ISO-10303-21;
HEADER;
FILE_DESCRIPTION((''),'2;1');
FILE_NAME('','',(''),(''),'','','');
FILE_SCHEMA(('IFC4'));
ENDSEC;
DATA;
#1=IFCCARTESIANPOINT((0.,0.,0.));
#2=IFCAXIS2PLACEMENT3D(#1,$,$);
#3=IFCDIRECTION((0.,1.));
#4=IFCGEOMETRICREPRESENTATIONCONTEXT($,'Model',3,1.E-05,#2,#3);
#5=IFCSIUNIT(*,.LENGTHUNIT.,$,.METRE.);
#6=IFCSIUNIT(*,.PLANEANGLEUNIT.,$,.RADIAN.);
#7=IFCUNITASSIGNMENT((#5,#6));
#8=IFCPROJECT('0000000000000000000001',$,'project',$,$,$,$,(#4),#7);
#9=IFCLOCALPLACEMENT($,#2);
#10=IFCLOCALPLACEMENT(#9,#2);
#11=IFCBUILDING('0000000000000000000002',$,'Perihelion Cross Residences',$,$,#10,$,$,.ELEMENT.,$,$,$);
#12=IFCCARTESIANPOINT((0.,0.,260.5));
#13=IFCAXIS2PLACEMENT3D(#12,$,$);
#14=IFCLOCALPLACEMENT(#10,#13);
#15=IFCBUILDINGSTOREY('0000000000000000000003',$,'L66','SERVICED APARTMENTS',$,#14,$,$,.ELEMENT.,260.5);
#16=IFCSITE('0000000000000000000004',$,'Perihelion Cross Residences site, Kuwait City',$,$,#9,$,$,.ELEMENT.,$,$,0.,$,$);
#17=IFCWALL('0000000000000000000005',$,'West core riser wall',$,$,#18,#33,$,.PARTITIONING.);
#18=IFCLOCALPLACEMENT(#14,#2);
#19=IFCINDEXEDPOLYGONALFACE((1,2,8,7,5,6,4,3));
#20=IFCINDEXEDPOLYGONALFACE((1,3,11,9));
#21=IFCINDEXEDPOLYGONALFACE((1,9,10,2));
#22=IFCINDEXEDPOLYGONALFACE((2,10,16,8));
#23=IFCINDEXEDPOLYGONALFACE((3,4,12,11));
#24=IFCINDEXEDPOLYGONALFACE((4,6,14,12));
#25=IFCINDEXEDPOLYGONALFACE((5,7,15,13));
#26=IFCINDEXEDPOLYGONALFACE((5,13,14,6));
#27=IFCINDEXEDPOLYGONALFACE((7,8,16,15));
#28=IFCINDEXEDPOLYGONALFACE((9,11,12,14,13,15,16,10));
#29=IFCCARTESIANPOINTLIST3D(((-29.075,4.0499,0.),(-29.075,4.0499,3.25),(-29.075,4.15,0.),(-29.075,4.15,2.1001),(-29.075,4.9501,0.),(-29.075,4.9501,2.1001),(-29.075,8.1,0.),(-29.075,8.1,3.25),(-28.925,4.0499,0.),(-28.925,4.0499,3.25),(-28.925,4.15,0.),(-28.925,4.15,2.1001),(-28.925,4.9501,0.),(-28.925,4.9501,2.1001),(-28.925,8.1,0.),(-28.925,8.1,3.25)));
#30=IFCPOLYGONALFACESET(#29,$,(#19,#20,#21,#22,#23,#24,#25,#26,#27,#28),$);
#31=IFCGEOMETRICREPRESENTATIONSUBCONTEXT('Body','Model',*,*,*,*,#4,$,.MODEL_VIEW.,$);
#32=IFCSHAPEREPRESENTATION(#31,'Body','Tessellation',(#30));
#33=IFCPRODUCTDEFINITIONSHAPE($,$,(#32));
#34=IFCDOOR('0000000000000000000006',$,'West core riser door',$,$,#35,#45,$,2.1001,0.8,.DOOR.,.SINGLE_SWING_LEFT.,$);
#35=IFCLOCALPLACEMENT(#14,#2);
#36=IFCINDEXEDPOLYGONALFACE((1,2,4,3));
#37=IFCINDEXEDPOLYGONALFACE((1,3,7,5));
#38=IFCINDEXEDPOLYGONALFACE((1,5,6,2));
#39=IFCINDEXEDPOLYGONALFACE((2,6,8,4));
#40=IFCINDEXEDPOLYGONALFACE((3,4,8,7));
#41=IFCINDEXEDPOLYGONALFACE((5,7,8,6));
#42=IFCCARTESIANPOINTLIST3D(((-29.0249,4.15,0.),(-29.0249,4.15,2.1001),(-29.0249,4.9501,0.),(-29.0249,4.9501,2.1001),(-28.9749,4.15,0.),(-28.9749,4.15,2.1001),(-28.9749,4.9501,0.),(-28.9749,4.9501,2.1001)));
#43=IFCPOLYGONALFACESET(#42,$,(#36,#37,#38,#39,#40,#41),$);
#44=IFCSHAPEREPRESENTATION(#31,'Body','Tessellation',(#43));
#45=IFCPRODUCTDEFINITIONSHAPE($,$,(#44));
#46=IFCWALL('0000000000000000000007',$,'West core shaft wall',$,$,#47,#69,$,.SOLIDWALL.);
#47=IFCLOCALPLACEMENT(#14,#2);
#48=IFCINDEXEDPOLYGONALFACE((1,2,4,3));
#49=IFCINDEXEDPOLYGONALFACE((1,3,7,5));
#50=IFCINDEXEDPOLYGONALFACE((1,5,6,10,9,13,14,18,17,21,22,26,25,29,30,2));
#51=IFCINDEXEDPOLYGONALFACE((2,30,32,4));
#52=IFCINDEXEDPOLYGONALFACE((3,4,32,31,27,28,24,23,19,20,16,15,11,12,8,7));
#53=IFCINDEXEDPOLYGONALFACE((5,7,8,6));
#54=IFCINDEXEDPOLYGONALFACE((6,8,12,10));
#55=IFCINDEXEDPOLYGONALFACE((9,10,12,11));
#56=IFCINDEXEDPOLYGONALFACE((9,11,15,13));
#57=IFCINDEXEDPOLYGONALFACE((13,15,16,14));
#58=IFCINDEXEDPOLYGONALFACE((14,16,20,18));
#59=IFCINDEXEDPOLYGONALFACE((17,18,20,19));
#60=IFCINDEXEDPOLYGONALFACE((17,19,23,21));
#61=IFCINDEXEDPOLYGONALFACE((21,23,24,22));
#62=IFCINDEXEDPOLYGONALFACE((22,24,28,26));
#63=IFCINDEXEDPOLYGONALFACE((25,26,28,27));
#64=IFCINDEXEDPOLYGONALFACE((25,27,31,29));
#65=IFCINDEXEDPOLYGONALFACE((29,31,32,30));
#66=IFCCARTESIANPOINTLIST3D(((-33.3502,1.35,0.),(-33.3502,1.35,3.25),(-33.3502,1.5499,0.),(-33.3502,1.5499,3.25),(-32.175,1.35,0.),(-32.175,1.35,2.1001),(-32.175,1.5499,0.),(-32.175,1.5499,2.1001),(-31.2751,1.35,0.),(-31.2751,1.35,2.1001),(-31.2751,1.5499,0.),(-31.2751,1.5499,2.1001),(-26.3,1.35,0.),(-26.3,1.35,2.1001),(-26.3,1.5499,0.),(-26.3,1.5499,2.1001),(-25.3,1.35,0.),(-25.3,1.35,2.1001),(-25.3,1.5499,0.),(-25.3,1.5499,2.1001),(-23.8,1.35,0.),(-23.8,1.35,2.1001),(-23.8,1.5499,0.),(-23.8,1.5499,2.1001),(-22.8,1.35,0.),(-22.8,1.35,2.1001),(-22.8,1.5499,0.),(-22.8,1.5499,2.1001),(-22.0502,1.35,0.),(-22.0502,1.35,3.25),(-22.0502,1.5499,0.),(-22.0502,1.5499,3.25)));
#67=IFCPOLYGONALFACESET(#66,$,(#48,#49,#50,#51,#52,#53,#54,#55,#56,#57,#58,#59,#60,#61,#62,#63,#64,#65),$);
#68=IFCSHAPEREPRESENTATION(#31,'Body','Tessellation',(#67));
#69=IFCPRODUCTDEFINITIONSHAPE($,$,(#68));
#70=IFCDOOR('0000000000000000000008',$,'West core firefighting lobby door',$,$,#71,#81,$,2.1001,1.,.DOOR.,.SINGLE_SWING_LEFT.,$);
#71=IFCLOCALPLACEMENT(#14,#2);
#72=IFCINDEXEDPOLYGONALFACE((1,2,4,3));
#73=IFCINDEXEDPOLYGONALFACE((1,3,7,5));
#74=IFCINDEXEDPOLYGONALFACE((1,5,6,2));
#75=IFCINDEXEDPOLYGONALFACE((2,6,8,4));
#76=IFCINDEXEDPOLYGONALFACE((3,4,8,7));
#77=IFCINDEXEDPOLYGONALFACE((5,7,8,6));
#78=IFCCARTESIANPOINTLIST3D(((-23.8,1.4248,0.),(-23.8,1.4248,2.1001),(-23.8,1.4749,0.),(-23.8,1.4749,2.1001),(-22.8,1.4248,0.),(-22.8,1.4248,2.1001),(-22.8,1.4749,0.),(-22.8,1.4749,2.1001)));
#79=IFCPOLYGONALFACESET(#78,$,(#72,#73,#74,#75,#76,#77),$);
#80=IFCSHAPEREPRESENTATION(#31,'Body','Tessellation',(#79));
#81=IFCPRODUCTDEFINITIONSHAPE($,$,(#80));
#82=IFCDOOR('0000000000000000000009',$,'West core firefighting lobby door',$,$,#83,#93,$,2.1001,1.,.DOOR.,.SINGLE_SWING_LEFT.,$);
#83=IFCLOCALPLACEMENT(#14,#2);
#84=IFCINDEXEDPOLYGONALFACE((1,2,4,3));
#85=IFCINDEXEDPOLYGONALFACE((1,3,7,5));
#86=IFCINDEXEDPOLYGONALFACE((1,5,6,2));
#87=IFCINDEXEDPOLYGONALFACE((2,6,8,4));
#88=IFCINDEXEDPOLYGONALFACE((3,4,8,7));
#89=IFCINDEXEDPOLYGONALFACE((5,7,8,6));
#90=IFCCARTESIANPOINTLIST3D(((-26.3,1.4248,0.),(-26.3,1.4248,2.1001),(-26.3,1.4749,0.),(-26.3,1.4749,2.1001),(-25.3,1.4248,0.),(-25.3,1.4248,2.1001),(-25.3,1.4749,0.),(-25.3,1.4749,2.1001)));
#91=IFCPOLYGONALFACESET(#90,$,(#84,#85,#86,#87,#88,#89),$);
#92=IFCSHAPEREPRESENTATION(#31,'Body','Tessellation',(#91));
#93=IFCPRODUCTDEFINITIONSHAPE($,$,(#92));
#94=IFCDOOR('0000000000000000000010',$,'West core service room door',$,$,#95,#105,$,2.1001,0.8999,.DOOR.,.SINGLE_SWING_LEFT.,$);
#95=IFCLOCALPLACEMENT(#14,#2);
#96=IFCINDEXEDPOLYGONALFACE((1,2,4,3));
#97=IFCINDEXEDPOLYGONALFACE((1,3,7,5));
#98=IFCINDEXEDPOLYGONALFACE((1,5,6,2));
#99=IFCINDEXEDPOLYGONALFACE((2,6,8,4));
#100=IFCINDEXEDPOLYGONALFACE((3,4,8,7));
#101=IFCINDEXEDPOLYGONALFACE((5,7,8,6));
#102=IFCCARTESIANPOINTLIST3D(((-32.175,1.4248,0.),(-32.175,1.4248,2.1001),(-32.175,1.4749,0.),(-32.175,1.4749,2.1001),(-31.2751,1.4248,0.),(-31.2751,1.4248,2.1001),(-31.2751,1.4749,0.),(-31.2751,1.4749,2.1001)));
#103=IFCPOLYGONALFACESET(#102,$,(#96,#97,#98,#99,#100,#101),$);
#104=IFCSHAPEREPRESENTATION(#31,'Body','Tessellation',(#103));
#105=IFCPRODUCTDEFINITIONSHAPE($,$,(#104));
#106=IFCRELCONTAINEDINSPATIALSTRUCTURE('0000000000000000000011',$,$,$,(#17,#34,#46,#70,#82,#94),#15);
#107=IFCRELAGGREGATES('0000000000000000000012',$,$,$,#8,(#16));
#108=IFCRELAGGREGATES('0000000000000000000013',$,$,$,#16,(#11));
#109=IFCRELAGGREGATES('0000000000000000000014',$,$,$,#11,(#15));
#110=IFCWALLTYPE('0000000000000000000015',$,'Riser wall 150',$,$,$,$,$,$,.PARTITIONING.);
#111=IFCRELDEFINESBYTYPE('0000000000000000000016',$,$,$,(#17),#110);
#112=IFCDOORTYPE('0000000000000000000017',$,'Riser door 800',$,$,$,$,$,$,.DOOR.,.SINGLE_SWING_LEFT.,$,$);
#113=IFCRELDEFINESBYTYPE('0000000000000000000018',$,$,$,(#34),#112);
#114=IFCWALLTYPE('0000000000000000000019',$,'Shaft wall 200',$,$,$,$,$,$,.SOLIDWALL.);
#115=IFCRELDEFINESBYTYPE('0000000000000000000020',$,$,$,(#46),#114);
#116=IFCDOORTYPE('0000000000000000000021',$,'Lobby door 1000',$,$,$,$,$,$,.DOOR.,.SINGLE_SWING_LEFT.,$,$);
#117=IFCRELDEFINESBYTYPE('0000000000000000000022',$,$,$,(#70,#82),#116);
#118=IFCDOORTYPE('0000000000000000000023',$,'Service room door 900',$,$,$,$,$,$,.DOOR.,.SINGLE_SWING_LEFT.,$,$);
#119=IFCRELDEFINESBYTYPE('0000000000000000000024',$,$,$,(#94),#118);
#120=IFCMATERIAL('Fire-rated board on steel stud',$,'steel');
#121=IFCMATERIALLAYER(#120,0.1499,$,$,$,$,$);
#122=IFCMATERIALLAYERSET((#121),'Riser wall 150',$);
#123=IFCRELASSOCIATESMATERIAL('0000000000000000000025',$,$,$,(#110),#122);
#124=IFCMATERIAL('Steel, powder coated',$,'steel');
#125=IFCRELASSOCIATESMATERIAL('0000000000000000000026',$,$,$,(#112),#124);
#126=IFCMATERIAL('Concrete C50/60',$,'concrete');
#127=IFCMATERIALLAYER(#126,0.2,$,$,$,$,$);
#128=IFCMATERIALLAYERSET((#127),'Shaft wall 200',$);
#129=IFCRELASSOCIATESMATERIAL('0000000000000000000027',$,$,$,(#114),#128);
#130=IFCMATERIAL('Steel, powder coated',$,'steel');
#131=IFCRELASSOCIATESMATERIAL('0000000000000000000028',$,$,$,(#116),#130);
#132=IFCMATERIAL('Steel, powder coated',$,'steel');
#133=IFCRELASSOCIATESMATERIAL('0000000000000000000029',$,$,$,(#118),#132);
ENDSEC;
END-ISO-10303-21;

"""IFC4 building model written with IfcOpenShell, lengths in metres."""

from ifc_helpers import new_model, si_unit, direction, frame, frame_2d, origin, place, context, subcontext, project, spatial, rectangle, extrude, material, layer, layer_set, type_object, element, fill, save


model = new_model("IFC4")

# Units and contexts
model_context = context("Model", 3, precision=1e-05, world=origin(), true_north=direction((0.0, 1.0)))
body_context = subcontext(model_context, "Body", "Model", "MODEL_VIEW")
ifc_project = project(units=[si_unit("LENGTHUNIT", "METRE"), si_unit("PLANEANGLEUNIT", "RADIAN")], contexts=[model_context])

# Site, building, storey
site_placement = place(None, origin())
site = spatial("IfcSite", under=ifc_project, at=site_placement, Name="Perihelion Cross Residences site, Kuwait City", CompositionType="ELEMENT", RefElevation=0.0)
building_placement = place(site_placement, origin())
building = spatial("IfcBuilding", under=site, at=building_placement, Name="Perihelion Cross Residences", CompositionType="ELEMENT")
storey_placement = place(building_placement, frame((0.0, 0.0, 260.5)))
storey = spatial("IfcBuildingStorey", under=building, at=storey_placement, Name="L66", Description="SERVICED APARTMENTS", CompositionType="ELEMENT", Elevation=260.5)

# Wall, opening, door
ifc_material_1 = material(Name="Fire-rated board on steel stud", Category="steel")
ifc_layer_1 = layer(ifc_material_1, 0.1499)
ifc_layer_set_1 = layer_set([ifc_layer_1], Name="Riser wall 150")
wall_type_1 = type_object("IfcWallType", Name="Riser wall 150", PredefinedType="PARTITIONING", material=ifc_layer_set_1)
wall_1_placement = place(storey_placement, frame((-29.0, 4.05, 0.0), z_axis=(0.0, 0.0, 1.0), x_axis=(0.0, 1.0, 0.0)))
wall_1 = element("IfcWall", 1, at=wall_1_placement, inside=storey, type_object=wall_type_1, Name="West core riser wall", PredefinedType="PARTITIONING", context=body_context, shape_type="SweptSolid", body=[
    extrude(rectangle(XDim=4.05, YDim=0.1499, at=frame_2d((2.0249, 0.0))), origin(), (0.0, 0.0, 1.0), 3.25),
])
opening_1_placement = place(wall_1_placement, frame((0.1001, 0.0, 0.0)))
opening_1 = element("IfcOpeningElement", 2, at=opening_1_placement, cuts=wall_1, PredefinedType="OPENING", context=body_context, shape_type="SweptSolid", body=[
    extrude(rectangle(XDim=0.8, YDim=2.1001, at=frame_2d((0.3999, 1.05))), frame((0.0, 0.085, 0.0), z_axis=(0.0, -1.0, 0.0), x_axis=(1.0, 0.0, 0.0)), (0.0, 0.0, 1.0), 0.1699),
])
ifc_material_2 = material(Name="Steel, powder coated", Category="steel")
door_type_1 = type_object("IfcDoorType", Name="Riser door 800", OperationType="SINGLE_SWING_LEFT", PredefinedType="DOOR", material=ifc_material_2)
door_1_placement = place(opening_1_placement, origin())
door_1 = element("IfcDoor", 3, at=door_1_placement, inside=storey, type_object=door_type_1, Name="West core riser door", OperationType="SINGLE_SWING_LEFT", OverallHeight=2.1001, OverallWidth=0.8, PredefinedType="DOOR", context=body_context, shape_type="SweptSolid", body=[
    extrude(rectangle(XDim=0.8, YDim=2.1001, at=frame_2d((0.3999, 1.05))), frame((0.0, 0.0249, 0.0), z_axis=(0.0, -1.0, 0.0), x_axis=(1.0, 0.0, 0.0)), (0.0, 0.0, 1.0), 0.05),
])
fill(opening_1, door_1)

# Wall, openings, doors
ifc_material_3 = material(Name="Concrete C50/60", Category="concrete")
ifc_layer_2 = layer(ifc_material_3, 0.2)
ifc_layer_set_2 = layer_set([ifc_layer_2], Name="Shaft wall 200")
wall_type_2 = type_object("IfcWallType", Name="Shaft wall 200", PredefinedType="SOLIDWALL", material=ifc_layer_set_2)
wall_2_placement = place(storey_placement, frame((-33.3501, 1.45, 0.0), z_axis=(0.0, 0.0, 1.0), x_axis=(1.0, 0.0, 0.0)))
wall_2 = element("IfcWall", 4, at=wall_2_placement, inside=storey, type_object=wall_type_2, Name="West core shaft wall", PredefinedType="SOLIDWALL", context=body_context, shape_type="SweptSolid", body=[
    extrude(rectangle(XDim=11.3, YDim=0.2, at=frame_2d((5.6499, 0.0))), origin(), (0.0, 0.0, 1.0), 3.25),
])
opening_2_placement = place(wall_2_placement, frame((9.55, 0.0, 0.0)))
opening_2 = element("IfcOpeningElement", 5, at=opening_2_placement, cuts=wall_2, PredefinedType="OPENING", context=body_context, shape_type="SweptSolid", body=[
    extrude(rectangle(XDim=1.0, YDim=2.1001, at=frame_2d((0.5, 1.05))), frame((0.0, 0.1099, 0.0), z_axis=(0.0, -1.0, 0.0), x_axis=(1.0, 0.0, 0.0)), (0.0, 0.0, 1.0), 0.22),
])
opening_3_placement = place(wall_2_placement, frame((7.05, 0.0, 0.0)))
opening_3 = element("IfcOpeningElement", 6, at=opening_3_placement, cuts=wall_2, PredefinedType="OPENING", context=body_context, shape_type="SweptSolid", body=[
    extrude(rectangle(XDim=1.0, YDim=2.1001, at=frame_2d((0.5, 1.05))), frame((0.0, 0.1099, 0.0), z_axis=(0.0, -1.0, 0.0), x_axis=(1.0, 0.0, 0.0)), (0.0, 0.0, 1.0), 0.22),
])
opening_4_placement = place(wall_2_placement, frame((1.175, 0.0, 0.0)))
opening_4 = element("IfcOpeningElement", 7, at=opening_4_placement, cuts=wall_2, PredefinedType="OPENING", context=body_context, shape_type="SweptSolid", body=[
    extrude(rectangle(XDim=0.8999, YDim=2.1001, at=frame_2d((0.45, 1.05))), frame((0.0, 0.1099, 0.0), z_axis=(0.0, -1.0, 0.0), x_axis=(1.0, 0.0, 0.0)), (0.0, 0.0, 1.0), 0.22),
])
ifc_material_4 = material(Name="Steel, powder coated", Category="steel")
door_type_2 = type_object("IfcDoorType", Name="Lobby door 1000", OperationType="SINGLE_SWING_LEFT", PredefinedType="DOOR", material=ifc_material_4)
door_2_placement = place(opening_2_placement, origin())
door_2 = element("IfcDoor", 8, at=door_2_placement, inside=storey, type_object=door_type_2, Name="West core firefighting lobby door", OperationType="SINGLE_SWING_LEFT", OverallHeight=2.1001, OverallWidth=1.0, PredefinedType="DOOR", context=body_context, shape_type="SweptSolid", body=[
    extrude(rectangle(XDim=1.0, YDim=2.1001, at=frame_2d((0.5, 1.05))), frame((0.0, 0.0249, 0.0), z_axis=(0.0, -1.0, 0.0), x_axis=(1.0, 0.0, 0.0)), (0.0, 0.0, 1.0), 0.05),
])
fill(opening_2, door_2)
door_3_placement = place(opening_3_placement, origin())
door_3 = element("IfcDoor", 9, at=door_3_placement, inside=storey, type_object=door_type_2, Name="West core firefighting lobby door", OperationType="SINGLE_SWING_LEFT", OverallHeight=2.1001, OverallWidth=1.0, PredefinedType="DOOR", context=body_context, shape_type="SweptSolid", body=[
    extrude(rectangle(XDim=1.0, YDim=2.1001, at=frame_2d((0.5, 1.05))), frame((0.0, 0.0249, 0.0), z_axis=(0.0, -1.0, 0.0), x_axis=(1.0, 0.0, 0.0)), (0.0, 0.0, 1.0), 0.05),
])
fill(opening_3, door_3)
ifc_material_5 = material(Name="Steel, powder coated", Category="steel")
door_type_3 = type_object("IfcDoorType", Name="Service room door 900", OperationType="SINGLE_SWING_LEFT", PredefinedType="DOOR", material=ifc_material_5)
door_4_placement = place(opening_4_placement, origin())
door_4 = element("IfcDoor", 10, at=door_4_placement, inside=storey, type_object=door_type_3, Name="West core service room door", OperationType="SINGLE_SWING_LEFT", OverallHeight=2.1001, OverallWidth=0.8999, PredefinedType="DOOR", context=body_context, shape_type="SweptSolid", body=[
    extrude(rectangle(XDim=0.8999, YDim=2.1001, at=frame_2d((0.45, 1.05))), frame((0.0, 0.0249, 0.0), z_axis=(0.0, -1.0, 0.0), x_axis=(1.0, 0.0, 0.0)), (0.0, 0.0, 1.0), 0.05),
])
fill(opening_4, door_4)

save(model, "model.ifc")
